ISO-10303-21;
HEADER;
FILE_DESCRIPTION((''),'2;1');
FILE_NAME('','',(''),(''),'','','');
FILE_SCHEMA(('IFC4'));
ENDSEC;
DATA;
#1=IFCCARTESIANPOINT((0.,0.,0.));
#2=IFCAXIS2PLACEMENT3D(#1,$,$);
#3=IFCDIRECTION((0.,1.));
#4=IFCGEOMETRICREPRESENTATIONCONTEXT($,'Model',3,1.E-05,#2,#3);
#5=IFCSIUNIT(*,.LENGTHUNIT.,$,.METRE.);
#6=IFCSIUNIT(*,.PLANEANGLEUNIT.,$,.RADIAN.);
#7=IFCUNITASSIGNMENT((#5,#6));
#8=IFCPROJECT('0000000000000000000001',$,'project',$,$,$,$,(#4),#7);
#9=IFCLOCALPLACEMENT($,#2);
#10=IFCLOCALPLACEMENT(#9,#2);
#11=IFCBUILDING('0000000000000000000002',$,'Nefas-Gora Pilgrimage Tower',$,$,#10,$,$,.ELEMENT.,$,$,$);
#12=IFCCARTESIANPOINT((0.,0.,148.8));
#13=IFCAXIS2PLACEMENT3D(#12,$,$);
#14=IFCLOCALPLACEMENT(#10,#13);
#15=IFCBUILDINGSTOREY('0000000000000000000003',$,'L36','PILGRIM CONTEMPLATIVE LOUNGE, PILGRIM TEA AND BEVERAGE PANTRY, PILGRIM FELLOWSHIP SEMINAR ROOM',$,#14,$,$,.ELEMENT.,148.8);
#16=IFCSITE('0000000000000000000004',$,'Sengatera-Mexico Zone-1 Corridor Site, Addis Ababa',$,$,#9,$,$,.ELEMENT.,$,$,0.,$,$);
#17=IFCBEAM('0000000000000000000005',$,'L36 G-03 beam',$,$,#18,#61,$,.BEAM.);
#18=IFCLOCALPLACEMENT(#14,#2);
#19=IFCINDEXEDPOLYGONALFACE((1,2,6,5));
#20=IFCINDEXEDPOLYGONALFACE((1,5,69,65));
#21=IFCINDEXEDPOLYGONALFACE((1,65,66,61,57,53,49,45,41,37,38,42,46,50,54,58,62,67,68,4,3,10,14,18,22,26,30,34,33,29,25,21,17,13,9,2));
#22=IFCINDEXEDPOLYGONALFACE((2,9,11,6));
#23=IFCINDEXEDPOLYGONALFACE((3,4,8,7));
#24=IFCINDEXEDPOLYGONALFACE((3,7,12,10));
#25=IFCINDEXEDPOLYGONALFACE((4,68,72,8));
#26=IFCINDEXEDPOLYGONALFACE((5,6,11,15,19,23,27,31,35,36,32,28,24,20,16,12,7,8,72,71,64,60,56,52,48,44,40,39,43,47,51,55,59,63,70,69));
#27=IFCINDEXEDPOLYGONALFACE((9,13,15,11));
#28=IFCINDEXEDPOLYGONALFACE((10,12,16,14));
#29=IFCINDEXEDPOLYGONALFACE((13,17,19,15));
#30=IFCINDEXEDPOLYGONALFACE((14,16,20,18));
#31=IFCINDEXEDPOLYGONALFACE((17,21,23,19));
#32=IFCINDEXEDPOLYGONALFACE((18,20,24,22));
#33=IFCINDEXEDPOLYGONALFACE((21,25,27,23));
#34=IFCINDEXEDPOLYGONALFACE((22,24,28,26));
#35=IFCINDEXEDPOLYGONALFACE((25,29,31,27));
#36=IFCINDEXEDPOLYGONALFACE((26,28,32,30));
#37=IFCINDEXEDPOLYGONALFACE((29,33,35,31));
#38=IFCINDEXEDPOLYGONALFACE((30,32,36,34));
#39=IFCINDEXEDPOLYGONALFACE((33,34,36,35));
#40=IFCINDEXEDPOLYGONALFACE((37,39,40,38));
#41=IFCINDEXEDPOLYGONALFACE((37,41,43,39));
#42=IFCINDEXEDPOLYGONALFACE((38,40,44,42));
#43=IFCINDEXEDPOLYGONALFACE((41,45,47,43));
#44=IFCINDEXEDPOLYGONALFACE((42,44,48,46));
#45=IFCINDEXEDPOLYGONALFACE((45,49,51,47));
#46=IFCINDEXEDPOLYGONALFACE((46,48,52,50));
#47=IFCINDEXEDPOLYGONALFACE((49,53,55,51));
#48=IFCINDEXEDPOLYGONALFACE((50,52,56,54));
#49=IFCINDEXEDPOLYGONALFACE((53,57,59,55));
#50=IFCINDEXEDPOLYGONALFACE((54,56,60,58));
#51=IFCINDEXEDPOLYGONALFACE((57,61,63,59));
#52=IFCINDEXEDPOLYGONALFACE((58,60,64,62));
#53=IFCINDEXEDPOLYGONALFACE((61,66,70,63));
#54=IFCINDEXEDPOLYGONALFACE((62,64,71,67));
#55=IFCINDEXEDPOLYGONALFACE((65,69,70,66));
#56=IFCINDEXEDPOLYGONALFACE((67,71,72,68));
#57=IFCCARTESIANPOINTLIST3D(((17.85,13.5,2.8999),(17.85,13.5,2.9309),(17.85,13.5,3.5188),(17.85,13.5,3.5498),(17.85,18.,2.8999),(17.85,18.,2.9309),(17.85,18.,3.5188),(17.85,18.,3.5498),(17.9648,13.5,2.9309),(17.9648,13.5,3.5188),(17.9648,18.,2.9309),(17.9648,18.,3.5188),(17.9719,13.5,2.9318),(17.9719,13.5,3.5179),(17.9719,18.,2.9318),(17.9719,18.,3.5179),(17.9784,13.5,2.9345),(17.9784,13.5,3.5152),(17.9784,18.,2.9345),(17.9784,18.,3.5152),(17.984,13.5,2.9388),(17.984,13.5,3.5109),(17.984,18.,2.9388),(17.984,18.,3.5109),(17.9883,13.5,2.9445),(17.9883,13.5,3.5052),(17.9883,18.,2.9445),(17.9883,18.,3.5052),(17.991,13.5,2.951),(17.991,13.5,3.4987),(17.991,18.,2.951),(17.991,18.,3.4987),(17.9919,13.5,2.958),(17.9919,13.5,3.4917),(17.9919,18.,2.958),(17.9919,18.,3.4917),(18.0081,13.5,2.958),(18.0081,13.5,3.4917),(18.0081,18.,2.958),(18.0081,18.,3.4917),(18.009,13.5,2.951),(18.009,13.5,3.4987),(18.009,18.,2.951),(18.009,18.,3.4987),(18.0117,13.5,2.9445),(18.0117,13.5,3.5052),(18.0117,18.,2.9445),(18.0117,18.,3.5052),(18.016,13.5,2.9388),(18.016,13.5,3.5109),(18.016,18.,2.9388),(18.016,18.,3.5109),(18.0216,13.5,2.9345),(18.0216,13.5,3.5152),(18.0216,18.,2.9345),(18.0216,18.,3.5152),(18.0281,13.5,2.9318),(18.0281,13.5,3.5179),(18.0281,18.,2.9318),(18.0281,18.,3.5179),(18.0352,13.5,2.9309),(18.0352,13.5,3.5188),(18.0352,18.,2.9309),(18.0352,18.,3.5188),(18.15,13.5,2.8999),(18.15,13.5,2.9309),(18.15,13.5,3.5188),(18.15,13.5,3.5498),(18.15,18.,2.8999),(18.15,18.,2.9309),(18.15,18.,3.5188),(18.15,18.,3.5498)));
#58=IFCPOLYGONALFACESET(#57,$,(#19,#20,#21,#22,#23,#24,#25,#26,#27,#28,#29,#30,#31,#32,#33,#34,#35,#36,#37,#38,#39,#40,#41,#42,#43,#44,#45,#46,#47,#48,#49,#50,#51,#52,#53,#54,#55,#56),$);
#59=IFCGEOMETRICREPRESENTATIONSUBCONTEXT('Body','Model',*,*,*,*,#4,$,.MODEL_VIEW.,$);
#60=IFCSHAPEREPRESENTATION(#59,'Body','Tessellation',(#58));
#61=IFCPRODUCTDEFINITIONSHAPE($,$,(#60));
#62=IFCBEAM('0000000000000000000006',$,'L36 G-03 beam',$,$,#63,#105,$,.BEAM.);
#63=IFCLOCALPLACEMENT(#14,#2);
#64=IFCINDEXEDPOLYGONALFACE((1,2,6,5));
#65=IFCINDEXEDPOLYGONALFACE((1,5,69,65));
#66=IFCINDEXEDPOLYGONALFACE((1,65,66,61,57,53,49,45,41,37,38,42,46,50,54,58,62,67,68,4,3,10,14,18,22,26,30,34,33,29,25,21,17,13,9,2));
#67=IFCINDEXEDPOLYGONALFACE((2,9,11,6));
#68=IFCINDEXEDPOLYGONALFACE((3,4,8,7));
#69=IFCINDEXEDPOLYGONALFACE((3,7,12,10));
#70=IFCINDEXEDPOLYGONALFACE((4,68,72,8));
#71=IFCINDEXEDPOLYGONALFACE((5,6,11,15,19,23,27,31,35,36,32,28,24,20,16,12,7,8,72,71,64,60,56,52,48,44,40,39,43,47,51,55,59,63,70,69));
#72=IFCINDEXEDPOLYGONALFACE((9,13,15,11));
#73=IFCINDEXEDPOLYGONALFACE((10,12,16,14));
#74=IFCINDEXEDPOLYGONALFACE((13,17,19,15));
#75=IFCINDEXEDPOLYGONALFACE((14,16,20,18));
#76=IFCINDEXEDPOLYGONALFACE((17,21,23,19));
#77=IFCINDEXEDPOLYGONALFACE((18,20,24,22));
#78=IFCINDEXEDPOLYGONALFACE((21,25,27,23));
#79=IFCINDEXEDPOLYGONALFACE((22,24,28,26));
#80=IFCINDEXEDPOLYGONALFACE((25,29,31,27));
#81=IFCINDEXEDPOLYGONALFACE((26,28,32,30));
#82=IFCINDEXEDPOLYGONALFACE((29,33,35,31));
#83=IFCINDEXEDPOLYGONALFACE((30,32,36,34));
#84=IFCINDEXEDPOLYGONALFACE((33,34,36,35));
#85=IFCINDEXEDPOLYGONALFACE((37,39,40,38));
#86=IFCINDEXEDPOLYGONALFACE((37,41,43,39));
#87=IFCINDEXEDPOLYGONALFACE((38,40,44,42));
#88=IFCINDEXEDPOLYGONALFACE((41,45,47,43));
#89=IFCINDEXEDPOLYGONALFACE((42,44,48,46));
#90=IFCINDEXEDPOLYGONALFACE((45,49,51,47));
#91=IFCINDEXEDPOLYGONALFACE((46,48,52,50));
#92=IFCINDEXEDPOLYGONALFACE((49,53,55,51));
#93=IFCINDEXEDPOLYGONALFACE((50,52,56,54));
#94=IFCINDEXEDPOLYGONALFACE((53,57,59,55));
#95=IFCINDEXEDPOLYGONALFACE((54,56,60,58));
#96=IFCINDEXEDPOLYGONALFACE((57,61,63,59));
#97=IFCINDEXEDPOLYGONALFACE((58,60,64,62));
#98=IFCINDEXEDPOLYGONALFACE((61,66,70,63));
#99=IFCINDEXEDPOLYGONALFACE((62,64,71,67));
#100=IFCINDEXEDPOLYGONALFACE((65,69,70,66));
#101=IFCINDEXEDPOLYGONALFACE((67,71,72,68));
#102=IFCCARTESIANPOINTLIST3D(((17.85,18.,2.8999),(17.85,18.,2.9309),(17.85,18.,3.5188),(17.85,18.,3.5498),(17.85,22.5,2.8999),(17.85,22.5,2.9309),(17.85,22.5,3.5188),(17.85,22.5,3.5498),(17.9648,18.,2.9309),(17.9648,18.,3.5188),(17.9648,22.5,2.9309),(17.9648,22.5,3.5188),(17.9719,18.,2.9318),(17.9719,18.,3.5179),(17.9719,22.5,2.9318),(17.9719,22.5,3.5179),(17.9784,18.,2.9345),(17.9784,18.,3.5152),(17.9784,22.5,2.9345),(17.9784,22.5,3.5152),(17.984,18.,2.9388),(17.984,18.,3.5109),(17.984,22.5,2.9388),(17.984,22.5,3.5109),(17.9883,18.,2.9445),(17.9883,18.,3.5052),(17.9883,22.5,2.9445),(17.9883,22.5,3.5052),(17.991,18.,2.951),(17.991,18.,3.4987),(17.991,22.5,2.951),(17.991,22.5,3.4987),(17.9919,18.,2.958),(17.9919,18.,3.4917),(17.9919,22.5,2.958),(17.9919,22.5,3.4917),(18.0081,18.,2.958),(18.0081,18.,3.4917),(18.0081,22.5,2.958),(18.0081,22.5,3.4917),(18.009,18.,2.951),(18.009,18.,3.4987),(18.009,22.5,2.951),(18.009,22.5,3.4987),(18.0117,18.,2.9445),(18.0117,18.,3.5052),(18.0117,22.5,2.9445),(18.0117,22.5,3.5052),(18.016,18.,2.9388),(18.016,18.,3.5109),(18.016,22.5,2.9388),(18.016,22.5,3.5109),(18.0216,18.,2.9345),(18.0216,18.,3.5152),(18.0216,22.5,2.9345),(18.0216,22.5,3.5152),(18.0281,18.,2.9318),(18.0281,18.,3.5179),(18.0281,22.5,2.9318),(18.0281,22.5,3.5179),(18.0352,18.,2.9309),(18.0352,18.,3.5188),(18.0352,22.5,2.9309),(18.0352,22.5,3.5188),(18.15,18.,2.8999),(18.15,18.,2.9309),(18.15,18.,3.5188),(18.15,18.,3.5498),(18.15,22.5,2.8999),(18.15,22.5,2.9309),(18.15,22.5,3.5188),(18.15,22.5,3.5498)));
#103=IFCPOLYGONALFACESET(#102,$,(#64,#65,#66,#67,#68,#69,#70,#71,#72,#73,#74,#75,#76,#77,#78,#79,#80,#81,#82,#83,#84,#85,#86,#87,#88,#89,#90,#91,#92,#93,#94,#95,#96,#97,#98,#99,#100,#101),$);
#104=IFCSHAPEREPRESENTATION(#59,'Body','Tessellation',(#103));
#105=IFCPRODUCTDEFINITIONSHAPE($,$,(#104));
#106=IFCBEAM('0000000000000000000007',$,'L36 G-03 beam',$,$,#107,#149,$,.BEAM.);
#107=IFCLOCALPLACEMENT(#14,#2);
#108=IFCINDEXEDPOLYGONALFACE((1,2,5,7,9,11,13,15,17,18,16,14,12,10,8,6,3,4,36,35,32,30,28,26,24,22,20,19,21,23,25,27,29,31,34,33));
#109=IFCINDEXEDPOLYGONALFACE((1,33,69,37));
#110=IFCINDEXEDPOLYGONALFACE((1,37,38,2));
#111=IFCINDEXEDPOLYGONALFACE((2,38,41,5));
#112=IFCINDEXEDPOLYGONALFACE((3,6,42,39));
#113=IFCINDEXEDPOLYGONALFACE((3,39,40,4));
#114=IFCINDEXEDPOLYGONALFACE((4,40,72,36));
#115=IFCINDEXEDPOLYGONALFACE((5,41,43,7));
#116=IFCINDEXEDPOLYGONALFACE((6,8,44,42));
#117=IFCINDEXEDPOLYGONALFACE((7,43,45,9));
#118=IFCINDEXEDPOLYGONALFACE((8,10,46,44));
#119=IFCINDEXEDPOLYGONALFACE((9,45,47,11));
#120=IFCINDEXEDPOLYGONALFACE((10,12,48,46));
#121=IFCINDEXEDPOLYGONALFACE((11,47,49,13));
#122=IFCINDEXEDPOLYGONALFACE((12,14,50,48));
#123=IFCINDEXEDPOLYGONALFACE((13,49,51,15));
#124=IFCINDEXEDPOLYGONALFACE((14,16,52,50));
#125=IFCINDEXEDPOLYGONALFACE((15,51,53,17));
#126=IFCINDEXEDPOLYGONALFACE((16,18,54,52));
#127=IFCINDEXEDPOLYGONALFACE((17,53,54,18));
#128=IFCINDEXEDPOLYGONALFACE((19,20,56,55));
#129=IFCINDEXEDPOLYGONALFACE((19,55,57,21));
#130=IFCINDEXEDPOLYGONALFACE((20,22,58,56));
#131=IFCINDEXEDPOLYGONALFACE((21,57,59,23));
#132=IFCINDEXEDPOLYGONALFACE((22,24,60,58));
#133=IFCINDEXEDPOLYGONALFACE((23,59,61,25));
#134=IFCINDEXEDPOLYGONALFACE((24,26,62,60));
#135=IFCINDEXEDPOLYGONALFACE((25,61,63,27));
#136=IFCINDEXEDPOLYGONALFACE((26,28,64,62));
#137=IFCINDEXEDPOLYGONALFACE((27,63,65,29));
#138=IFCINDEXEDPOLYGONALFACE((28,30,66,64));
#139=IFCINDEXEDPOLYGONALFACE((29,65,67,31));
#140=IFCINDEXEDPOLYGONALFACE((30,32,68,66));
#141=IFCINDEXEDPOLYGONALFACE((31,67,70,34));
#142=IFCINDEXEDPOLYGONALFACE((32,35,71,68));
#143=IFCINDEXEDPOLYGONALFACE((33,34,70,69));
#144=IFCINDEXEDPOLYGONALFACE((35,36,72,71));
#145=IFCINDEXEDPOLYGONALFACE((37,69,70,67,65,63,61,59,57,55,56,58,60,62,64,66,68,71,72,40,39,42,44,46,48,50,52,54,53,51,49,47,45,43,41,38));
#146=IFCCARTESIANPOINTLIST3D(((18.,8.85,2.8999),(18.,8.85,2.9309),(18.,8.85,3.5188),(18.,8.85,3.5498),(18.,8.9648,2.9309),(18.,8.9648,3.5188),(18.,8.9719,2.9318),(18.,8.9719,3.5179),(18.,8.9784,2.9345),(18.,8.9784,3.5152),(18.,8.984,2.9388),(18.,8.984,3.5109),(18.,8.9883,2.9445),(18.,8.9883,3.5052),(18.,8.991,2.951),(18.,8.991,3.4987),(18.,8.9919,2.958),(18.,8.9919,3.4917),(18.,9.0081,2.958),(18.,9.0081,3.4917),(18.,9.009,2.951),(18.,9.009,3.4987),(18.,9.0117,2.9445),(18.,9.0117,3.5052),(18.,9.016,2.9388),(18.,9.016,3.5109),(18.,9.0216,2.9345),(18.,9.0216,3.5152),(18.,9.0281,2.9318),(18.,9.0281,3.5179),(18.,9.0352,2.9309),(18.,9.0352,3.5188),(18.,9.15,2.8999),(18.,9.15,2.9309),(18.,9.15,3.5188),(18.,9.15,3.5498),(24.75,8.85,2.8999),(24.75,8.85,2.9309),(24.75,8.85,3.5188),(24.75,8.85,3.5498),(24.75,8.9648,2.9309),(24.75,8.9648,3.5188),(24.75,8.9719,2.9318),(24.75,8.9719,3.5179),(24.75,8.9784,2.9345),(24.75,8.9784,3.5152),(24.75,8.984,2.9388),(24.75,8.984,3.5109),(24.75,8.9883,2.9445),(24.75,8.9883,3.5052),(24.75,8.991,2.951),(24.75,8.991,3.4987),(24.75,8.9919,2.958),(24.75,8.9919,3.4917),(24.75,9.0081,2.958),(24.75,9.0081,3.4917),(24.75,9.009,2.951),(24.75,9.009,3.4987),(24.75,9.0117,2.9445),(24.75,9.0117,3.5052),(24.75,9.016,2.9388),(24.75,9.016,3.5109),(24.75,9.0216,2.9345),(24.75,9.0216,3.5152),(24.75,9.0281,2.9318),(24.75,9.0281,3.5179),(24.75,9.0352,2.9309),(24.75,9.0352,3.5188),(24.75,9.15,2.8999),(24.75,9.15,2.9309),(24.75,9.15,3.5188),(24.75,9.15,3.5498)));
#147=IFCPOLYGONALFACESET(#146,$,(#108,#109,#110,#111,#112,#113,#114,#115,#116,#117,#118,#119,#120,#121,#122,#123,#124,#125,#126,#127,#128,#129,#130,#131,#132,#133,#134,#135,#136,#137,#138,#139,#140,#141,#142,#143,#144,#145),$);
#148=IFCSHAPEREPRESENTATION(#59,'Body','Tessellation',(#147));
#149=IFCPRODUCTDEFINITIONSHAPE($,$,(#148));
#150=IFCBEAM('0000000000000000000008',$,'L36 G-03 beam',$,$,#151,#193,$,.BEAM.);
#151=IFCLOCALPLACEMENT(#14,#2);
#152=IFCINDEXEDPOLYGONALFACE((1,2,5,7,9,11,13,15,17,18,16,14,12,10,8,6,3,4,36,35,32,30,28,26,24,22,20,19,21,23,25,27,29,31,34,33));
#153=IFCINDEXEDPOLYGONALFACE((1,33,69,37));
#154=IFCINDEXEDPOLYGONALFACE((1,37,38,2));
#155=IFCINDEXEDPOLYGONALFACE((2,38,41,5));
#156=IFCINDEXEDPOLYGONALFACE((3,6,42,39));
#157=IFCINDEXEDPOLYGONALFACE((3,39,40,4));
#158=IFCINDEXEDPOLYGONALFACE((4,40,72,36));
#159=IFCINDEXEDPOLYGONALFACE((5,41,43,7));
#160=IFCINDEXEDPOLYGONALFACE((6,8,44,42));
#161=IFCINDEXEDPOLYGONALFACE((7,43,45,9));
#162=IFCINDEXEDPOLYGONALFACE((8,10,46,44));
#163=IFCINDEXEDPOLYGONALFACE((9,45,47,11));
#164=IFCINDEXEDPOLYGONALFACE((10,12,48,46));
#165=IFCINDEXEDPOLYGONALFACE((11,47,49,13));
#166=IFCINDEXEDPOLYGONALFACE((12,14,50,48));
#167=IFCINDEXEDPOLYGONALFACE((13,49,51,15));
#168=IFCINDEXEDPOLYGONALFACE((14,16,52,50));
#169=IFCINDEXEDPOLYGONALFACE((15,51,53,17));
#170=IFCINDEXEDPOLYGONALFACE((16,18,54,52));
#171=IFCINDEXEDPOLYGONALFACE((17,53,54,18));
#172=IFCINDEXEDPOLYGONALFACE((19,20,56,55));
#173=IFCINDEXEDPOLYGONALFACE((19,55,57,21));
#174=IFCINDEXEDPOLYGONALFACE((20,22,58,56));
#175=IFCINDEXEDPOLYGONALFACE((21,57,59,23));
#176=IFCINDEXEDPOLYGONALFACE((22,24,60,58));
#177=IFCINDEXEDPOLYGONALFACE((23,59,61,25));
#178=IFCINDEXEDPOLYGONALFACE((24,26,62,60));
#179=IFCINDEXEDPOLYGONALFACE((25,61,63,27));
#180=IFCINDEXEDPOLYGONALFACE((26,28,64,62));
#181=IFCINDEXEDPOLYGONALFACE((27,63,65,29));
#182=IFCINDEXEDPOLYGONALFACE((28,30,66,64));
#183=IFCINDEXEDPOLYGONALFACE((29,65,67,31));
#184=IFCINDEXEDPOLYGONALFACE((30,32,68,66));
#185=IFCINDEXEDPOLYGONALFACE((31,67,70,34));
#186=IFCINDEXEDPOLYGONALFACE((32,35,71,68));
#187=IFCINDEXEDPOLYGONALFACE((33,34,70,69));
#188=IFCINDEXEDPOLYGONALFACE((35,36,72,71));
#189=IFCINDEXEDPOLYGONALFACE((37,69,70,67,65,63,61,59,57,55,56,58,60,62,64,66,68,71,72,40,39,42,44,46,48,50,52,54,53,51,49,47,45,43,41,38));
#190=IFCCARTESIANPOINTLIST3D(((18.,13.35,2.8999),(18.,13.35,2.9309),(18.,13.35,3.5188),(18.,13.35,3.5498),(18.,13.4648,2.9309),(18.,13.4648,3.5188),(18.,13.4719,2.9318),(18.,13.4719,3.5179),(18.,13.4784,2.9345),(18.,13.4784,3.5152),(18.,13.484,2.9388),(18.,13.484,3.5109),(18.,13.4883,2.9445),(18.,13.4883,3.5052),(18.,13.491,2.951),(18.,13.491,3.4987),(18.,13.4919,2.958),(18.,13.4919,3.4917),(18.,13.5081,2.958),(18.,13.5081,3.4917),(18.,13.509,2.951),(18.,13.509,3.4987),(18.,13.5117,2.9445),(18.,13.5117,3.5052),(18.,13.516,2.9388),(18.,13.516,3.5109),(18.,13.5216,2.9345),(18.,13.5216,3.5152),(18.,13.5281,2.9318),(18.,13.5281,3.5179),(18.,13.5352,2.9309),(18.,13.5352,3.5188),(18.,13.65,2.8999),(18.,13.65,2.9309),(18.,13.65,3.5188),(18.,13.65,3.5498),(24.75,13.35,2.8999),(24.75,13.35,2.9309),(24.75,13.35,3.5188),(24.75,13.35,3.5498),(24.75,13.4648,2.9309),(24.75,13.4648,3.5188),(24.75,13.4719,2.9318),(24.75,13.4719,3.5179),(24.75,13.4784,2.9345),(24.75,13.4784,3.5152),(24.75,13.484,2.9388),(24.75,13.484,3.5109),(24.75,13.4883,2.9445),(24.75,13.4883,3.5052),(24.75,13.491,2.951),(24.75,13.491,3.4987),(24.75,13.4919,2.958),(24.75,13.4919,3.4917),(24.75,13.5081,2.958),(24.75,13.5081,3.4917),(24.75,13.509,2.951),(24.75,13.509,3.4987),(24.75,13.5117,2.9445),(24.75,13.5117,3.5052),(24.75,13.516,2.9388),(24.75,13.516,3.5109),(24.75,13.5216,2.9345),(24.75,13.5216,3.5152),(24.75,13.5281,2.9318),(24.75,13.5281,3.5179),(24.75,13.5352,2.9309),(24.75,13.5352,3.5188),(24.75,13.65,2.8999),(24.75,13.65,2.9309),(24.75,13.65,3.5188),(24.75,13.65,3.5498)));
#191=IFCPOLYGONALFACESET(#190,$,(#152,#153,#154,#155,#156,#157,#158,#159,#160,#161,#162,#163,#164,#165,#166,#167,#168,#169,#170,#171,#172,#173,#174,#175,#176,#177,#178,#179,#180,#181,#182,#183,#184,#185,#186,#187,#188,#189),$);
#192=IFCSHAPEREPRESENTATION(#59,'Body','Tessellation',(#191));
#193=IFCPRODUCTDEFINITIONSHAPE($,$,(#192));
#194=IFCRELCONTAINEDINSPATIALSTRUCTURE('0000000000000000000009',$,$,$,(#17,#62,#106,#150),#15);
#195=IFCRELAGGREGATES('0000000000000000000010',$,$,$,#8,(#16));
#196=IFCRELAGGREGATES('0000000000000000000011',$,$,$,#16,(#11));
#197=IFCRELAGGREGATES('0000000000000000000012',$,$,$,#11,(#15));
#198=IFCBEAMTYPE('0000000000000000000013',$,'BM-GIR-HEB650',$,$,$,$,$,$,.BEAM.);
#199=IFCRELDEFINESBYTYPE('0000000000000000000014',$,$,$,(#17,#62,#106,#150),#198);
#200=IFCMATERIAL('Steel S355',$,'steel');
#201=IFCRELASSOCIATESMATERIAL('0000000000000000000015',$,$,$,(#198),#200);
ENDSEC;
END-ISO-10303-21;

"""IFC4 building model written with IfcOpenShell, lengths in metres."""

from ifc_helpers import new_model, si_unit, direction, frame, origin, origin_2d, place, context, subcontext, project, spatial, i_section, extrude, source, transform, mapped, material, material_profile, profile_set, type_object, element, save


model = new_model("IFC4")

# Units and contexts
model_context = context("Model", 3, precision=1e-05, world=origin(), true_north=direction((0.0, 1.0)))
body_context = subcontext(model_context, "Body", "Model", "MODEL_VIEW")
ifc_project = project(units=[si_unit("LENGTHUNIT", "METRE"), si_unit("PLANEANGLEUNIT", "RADIAN")], contexts=[model_context])

# Site, building, storey
site_placement = place(None, origin())
site = spatial("IfcSite", under=ifc_project, at=site_placement, Name="Sengatera-Mexico Zone-1 Corridor Site, Addis Ababa", CompositionType="ELEMENT", RefElevation=0.0)
building_placement = place(site_placement, origin())
building = spatial("IfcBuilding", under=site, at=building_placement, Name="Nefas-Gora Pilgrimage Tower", CompositionType="ELEMENT")
storey_placement = place(building_placement, frame((0.0, 0.0, 148.8)))
storey = spatial("IfcBuildingStorey", under=building, at=storey_placement, Name="L36", Description="PILGRIM CONTEMPLATIVE LOUNGE, PILGRIM TEA AND BEVERAGE PANTRY, PILGRIM FELLOWSHIP SEMINAR ROOM", CompositionType="ELEMENT", Elevation=148.8)

# Beams
ifc_material_1 = material(Name="Steel S355", Category="steel")
ifc_material_profile_1 = material_profile(ifc_material_1, i_section(OverallWidth=0.3, OverallDepth=0.6499, WebThickness=0.0161, FlangeThickness=0.031, FilletRadius=0.0271, at=origin_2d()), Name="HEB 650")
ifc_profile_set_1 = profile_set([ifc_material_profile_1], Name="Steel S355")
beam_type_1 = type_object("IfcBeamType", Name="BM-GIR-HEB650", PredefinedType="BEAM", material=ifc_profile_set_1)
shared_shape_1 = source(origin(), body_context, "Body", "SweptSolid", [
    extrude(i_section(OverallWidth=0.3, OverallDepth=0.6499, WebThickness=0.0161, FlangeThickness=0.031, FilletRadius=0.0271, at=origin_2d()), origin(), (0.0, 0.0, 1.0), 4.5),
])
for number, where, z_axis, x_axis, name in (
    (1, (18.0, 13.5, 3.2249), (0.0, 1.0, 0.0), (-1.0, 0.0, 0.0), "L36 G-03 beam"),
    (2, (18.0, 18.0, 3.2249), (0.0, 1.0, 0.0), (-1.0, 0.0, 0.0), "L36 G-03 beam"),
):
    element("IfcBeam", number, at=place(storey_placement, frame(where, z_axis=z_axis, x_axis=x_axis)), inside=storey, type_object=beam_type_1, Name=name, PredefinedType="BEAM", context=body_context, shape_type="MappedRepresentation", body=[
        mapped(shared_shape_1, transform((0.0, 0.0, 0.0), x_axis=(1.0, 0.0, 0.0), y_axis=(0.0, 1.0, 0.0), z_axis=(0.0, 0.0, 1.0), scale=1.0)),
    ])
shared_shape_2 = source(origin(), body_context, "Body", "SweptSolid", [
    extrude(i_section(OverallWidth=0.3, OverallDepth=0.6499, WebThickness=0.0161, FlangeThickness=0.031, FilletRadius=0.0271, at=origin_2d()), origin(), (0.0, 0.0, 1.0), 6.75),
])
for number, where, z_axis, x_axis, name in (
    (3, (18.0, 9.0, 3.2249), (1.0, 0.0, 0.0), (0.0, 1.0, 0.0), "L36 G-03 beam"),
    (4, (18.0, 13.5, 3.2249), (1.0, 0.0, 0.0), (0.0, 1.0, 0.0), "L36 G-03 beam"),
):
    element("IfcBeam", number, at=place(storey_placement, frame(where, z_axis=z_axis, x_axis=x_axis)), inside=storey, type_object=beam_type_1, Name=name, PredefinedType="BEAM", context=body_context, shape_type="MappedRepresentation", body=[
        mapped(shared_shape_2, transform((0.0, 0.0, 0.0), x_axis=(1.0, 0.0, 0.0), y_axis=(0.0, 1.0, 0.0), z_axis=(0.0, 0.0, 1.0), scale=1.0)),
    ])

save(model, "model.ifc")
